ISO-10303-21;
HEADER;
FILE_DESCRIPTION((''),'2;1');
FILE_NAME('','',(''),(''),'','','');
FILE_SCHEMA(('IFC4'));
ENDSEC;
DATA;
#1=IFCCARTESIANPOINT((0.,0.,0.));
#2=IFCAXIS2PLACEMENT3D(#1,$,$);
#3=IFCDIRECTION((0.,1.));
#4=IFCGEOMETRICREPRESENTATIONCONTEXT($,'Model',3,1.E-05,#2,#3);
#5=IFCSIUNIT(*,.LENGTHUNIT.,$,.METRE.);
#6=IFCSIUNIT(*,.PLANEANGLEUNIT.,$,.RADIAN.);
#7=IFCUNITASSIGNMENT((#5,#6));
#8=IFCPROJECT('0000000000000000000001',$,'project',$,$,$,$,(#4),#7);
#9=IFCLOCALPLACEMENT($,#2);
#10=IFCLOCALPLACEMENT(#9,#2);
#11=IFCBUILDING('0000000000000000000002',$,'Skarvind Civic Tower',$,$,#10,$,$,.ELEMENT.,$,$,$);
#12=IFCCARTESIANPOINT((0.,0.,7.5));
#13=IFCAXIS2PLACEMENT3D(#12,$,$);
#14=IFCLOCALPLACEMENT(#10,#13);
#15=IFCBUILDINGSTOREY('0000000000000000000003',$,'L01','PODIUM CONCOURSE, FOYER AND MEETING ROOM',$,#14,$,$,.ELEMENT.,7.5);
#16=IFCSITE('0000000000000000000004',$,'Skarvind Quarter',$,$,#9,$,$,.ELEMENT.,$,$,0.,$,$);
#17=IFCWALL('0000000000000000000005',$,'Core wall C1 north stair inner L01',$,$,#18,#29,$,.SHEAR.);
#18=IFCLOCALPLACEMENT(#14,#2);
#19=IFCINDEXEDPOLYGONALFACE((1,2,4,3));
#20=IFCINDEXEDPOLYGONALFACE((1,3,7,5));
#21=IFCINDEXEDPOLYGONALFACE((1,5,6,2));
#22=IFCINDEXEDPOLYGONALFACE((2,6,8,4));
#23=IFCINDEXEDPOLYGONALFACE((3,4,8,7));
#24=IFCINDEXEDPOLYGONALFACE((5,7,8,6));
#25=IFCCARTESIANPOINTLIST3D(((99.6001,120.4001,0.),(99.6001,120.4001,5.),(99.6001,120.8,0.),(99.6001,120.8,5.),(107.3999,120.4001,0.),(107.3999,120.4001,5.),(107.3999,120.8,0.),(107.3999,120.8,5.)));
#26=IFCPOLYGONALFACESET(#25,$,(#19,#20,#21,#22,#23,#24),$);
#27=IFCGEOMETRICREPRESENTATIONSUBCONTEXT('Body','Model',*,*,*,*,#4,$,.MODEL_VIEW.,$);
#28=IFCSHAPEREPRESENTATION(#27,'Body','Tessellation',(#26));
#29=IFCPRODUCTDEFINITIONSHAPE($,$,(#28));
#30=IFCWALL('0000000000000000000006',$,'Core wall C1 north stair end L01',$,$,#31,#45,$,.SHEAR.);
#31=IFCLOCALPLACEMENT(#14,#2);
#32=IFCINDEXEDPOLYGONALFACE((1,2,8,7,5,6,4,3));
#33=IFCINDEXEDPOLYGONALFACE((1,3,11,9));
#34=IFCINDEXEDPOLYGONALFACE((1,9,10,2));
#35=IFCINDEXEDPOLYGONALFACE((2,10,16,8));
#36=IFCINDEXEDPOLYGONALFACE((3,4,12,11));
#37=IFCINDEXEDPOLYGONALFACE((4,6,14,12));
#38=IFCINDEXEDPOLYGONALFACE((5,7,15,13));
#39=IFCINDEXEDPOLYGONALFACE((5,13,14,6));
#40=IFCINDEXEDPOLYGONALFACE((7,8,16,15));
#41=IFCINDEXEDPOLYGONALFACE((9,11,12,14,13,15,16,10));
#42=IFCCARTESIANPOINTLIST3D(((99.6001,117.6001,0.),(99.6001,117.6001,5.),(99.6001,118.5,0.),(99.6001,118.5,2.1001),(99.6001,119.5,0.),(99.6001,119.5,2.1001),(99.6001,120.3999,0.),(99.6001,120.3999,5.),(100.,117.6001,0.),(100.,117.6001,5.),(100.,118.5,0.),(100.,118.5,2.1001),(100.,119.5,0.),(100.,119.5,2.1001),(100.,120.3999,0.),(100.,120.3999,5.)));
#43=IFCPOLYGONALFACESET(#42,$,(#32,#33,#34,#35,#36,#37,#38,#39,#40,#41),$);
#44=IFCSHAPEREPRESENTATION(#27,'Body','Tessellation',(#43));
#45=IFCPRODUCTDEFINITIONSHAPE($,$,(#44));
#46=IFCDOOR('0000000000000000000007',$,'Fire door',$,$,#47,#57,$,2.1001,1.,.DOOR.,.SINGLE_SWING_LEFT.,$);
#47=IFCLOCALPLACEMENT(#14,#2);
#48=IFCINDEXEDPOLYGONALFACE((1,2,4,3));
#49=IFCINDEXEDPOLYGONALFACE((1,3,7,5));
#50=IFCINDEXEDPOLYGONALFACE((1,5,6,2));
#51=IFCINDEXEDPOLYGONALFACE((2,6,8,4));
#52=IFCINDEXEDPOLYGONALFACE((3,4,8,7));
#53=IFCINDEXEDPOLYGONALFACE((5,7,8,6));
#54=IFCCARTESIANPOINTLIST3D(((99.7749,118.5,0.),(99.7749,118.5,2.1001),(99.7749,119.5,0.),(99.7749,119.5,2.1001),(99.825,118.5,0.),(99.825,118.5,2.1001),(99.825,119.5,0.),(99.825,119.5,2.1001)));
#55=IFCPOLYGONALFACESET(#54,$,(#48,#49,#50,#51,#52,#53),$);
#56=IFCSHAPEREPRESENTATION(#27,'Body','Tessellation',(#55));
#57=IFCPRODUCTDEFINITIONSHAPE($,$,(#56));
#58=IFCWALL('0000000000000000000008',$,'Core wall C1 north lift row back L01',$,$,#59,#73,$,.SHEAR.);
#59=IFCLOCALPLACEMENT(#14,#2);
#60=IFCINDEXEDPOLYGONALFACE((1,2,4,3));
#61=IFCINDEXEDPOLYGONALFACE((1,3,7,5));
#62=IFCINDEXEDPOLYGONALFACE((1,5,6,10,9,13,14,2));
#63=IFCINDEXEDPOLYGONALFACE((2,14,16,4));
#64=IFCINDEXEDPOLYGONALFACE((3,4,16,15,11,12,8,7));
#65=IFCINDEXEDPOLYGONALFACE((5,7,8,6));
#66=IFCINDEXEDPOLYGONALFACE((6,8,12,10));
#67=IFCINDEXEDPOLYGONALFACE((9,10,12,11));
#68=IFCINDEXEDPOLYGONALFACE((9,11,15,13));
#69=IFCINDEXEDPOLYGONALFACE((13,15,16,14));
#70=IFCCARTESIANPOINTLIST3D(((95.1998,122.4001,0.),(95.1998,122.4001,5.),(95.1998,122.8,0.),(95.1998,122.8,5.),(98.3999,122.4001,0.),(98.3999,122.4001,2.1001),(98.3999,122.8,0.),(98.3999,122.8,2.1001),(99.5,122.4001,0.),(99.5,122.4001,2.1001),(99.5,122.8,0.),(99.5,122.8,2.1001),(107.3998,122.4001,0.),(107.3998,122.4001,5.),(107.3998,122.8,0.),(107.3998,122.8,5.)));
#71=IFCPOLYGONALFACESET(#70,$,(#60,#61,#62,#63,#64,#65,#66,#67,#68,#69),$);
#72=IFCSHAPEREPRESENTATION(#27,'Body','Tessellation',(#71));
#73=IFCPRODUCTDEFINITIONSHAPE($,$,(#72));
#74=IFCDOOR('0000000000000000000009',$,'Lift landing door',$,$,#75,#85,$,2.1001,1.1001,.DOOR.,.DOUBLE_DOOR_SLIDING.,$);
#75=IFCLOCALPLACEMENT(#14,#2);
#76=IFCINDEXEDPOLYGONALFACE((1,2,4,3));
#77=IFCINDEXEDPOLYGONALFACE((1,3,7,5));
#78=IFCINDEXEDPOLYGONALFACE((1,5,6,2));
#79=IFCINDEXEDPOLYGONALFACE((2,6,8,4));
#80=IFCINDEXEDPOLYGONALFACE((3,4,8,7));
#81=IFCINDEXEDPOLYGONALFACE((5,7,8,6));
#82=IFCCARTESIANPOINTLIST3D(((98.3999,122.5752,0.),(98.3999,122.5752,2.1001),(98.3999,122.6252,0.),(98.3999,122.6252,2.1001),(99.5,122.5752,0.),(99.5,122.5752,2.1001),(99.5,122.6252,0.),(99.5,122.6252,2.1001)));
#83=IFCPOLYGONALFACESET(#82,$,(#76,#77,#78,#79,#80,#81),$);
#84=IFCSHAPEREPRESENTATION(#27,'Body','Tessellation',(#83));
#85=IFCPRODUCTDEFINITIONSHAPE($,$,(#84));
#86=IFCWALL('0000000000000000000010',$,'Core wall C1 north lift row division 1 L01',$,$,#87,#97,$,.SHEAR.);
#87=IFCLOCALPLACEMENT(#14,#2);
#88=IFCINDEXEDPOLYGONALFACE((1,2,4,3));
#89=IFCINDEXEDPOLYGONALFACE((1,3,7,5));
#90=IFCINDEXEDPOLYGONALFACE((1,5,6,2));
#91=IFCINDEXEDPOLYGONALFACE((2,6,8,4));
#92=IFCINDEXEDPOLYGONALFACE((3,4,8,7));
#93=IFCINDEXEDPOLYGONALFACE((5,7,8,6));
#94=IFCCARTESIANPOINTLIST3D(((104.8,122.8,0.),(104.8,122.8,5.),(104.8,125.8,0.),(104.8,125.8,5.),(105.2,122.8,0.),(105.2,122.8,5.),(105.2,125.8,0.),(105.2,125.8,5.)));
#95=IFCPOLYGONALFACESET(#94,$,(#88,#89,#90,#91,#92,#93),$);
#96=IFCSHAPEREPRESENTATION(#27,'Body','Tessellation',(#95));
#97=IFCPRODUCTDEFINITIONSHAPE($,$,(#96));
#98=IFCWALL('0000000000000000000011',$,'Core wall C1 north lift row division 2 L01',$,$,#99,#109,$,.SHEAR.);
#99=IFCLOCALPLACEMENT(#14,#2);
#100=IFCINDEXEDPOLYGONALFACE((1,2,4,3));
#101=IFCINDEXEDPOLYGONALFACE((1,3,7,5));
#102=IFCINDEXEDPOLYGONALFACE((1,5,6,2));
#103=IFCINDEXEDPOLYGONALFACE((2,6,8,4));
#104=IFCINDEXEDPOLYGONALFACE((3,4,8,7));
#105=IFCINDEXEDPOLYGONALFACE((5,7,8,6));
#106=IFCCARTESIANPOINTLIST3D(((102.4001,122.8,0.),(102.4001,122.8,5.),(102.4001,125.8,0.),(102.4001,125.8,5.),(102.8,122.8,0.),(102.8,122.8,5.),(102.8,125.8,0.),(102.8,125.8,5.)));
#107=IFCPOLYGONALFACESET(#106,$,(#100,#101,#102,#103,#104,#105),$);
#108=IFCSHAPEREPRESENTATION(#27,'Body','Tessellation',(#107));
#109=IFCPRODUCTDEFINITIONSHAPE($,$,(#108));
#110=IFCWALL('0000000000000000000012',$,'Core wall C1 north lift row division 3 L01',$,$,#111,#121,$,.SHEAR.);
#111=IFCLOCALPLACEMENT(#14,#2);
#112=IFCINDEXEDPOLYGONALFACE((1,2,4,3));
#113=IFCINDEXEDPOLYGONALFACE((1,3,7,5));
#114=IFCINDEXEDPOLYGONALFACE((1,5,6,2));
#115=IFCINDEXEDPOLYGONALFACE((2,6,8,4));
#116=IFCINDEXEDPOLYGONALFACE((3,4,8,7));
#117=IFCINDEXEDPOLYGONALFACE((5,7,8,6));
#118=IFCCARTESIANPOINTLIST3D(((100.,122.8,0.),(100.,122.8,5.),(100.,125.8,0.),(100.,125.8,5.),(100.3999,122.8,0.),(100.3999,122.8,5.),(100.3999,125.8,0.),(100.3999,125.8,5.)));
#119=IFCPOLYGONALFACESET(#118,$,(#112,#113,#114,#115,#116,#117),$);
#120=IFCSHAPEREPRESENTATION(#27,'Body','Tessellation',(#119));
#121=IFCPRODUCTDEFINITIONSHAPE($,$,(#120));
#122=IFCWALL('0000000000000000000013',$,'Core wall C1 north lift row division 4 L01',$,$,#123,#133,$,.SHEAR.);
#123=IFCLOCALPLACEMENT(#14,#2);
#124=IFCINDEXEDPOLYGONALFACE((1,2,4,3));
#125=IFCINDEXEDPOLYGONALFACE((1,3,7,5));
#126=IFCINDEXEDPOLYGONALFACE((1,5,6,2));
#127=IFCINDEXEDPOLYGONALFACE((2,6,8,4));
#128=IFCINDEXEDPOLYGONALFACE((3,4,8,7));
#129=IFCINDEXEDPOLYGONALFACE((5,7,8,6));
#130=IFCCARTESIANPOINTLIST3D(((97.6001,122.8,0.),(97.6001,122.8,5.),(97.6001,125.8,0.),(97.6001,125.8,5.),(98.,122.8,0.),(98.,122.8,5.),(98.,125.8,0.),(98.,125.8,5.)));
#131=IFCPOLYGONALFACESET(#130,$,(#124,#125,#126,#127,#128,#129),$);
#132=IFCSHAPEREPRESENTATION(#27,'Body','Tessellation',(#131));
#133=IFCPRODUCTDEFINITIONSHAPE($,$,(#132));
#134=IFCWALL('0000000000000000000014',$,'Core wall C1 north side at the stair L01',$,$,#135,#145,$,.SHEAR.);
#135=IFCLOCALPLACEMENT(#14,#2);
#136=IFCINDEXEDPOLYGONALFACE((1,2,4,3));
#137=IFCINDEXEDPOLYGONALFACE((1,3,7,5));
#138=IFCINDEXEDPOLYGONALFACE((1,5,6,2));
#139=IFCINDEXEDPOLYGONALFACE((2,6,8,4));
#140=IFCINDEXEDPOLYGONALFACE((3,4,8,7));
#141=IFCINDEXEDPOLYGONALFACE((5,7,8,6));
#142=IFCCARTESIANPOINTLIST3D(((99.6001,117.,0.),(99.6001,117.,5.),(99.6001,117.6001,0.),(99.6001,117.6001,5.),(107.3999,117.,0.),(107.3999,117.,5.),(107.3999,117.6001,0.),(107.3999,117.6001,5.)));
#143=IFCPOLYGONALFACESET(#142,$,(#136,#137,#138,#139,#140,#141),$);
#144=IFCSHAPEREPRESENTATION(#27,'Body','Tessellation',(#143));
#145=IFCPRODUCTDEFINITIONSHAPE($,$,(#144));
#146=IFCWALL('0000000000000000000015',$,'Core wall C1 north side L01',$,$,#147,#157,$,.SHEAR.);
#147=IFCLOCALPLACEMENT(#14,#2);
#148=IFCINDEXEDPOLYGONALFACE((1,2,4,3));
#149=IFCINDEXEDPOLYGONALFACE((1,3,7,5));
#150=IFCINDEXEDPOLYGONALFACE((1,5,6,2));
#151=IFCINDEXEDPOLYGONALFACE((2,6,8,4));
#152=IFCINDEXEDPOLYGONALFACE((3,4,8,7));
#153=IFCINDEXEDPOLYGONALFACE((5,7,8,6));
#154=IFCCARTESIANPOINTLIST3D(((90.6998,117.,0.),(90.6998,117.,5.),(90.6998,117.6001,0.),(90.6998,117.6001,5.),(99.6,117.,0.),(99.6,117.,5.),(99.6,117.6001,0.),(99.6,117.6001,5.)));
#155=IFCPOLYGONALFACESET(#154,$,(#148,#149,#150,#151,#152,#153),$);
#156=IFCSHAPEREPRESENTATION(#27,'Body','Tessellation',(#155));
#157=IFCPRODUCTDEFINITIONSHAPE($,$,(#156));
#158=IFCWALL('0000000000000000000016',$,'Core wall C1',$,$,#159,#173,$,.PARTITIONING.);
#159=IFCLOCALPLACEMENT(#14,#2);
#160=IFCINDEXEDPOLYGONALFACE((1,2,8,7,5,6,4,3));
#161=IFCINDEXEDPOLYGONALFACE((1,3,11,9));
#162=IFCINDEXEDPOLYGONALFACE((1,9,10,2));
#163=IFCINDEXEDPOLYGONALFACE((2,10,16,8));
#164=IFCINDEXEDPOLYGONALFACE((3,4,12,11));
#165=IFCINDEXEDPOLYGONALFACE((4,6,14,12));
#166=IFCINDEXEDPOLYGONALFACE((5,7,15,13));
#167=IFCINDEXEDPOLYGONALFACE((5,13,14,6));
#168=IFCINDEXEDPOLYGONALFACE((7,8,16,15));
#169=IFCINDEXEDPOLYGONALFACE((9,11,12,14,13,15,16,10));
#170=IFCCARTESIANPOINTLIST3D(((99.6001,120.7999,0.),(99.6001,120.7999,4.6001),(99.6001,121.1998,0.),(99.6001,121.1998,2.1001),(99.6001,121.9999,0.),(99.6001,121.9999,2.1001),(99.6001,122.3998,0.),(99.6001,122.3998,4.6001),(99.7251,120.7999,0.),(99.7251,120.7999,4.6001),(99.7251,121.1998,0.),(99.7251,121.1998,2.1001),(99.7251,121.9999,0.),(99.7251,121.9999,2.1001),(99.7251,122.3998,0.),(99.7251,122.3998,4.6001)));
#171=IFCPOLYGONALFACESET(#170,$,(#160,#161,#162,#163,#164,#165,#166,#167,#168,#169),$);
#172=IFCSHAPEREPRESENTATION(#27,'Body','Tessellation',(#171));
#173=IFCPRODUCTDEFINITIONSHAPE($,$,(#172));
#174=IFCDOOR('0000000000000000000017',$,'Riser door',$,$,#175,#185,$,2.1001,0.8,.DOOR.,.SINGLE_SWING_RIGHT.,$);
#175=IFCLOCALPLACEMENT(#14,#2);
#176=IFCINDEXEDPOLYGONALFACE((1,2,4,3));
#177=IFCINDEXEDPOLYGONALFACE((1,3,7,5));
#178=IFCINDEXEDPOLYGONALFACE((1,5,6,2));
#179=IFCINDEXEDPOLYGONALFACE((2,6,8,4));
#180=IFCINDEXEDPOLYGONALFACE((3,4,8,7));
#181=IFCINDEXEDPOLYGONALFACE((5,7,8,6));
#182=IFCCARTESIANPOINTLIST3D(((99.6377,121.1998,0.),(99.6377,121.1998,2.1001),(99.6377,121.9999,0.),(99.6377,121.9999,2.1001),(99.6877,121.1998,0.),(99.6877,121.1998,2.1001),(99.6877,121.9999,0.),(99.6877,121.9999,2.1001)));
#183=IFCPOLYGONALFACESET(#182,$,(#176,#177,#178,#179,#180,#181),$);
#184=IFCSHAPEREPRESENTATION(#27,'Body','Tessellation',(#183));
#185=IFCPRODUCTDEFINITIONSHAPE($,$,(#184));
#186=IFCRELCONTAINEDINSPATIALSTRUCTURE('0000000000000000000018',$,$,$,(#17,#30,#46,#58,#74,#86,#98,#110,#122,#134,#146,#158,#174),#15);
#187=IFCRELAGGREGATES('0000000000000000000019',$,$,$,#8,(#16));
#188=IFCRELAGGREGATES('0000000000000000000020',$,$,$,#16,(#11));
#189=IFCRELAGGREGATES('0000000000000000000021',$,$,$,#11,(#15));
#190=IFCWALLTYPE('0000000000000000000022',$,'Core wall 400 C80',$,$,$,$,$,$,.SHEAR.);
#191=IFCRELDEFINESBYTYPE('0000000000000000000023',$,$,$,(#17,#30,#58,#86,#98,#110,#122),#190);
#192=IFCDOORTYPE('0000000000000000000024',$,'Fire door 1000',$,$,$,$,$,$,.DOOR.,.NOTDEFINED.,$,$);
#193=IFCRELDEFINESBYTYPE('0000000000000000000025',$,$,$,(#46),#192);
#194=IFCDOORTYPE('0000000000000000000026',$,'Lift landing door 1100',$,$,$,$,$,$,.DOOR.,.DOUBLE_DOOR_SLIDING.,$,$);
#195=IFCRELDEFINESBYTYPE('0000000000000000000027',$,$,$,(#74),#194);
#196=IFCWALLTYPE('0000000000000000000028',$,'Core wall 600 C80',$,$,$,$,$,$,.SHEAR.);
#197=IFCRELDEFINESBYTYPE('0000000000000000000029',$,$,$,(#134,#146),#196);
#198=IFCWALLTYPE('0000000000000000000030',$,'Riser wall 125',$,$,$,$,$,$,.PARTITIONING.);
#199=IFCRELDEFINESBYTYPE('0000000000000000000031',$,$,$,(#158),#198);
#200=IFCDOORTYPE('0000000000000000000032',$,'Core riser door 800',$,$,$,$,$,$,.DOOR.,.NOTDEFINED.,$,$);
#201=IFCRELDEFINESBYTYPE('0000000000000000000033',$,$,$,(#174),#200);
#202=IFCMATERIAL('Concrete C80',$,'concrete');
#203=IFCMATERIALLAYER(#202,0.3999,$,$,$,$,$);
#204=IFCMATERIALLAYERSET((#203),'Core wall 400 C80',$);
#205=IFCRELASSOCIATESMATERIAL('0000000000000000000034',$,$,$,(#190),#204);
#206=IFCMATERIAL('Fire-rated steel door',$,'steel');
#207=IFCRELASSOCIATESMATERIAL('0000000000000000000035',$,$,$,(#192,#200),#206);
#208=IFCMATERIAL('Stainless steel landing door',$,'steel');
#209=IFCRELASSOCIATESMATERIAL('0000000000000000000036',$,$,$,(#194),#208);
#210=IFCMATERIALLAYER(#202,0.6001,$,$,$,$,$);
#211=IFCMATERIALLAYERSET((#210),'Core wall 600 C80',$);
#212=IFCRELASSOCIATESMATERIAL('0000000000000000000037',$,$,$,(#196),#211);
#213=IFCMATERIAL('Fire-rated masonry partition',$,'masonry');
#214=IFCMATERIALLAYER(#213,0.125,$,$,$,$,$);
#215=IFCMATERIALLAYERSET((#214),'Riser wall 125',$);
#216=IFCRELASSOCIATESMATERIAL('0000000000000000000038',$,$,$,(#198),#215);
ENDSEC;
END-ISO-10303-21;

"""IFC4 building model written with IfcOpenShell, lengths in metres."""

from ifc_helpers import new_model, si_unit, direction, frame, frame_2d, origin, place, context, subcontext, project, spatial, rectangle, extrude, material, layer, layer_set, type_object, element, fill, save


model = new_model("IFC4")

# Units and contexts
model_context = context("Model", 3, precision=1e-05, world=origin(), true_north=direction((0.0, 1.0)))
body_context = subcontext(model_context, "Body", "Model", "MODEL_VIEW")
ifc_project = project(units=[si_unit("LENGTHUNIT", "METRE"), si_unit("PLANEANGLEUNIT", "RADIAN")], contexts=[model_context])

# Site, building, storey
site_placement = place(None, origin())
site = spatial("IfcSite", under=ifc_project, at=site_placement, Name="Skarvind Quarter", CompositionType="ELEMENT", RefElevation=0.0)
building_placement = place(site_placement, origin())
building = spatial("IfcBuilding", under=site, at=building_placement, Name="Skarvind Civic Tower", CompositionType="ELEMENT")
storey_placement = place(building_placement, frame((0.0, 0.0, 7.5)))
storey = spatial("IfcBuildingStorey", under=building, at=storey_placement, Name="L01", Description="PODIUM CONCOURSE, FOYER AND MEETING ROOM", CompositionType="ELEMENT", Elevation=7.5)

# Wall
ifc_material_1 = material(Name="Concrete C80", Category="concrete")
ifc_layer_1 = layer(ifc_material_1, 0.3999)
ifc_layer_set_1 = layer_set([ifc_layer_1], Name="Core wall 400 C80")
wall_type_1 = type_object("IfcWallType", Name="Core wall 400 C80", PredefinedType="SHEAR", material=ifc_layer_set_1)
wall_1_placement = place(storey_placement, frame((107.3999, 120.6001, 0.0), z_axis=(0.0, 0.0, 1.0), x_axis=(-1.0, 0.0, 0.0)))
element("IfcWall", 1, at=wall_1_placement, inside=storey, type_object=wall_type_1, Name="Core wall C1 north stair inner L01", PredefinedType="SHEAR", context=body_context, shape_type="SweptSolid", body=[
    extrude(rectangle(XDim=7.7998, YDim=0.3999, at=frame_2d((3.8999, 0.0))), origin(), (0.0, 0.0, 1.0), 5.0),
])

# Walls, openings, doors
wall_2_placement = place(storey_placement, frame((99.8, 120.3999, 0.0), z_axis=(0.0, 0.0, 1.0), x_axis=(0.0, -1.0, 0.0)))
wall_2 = element("IfcWall", 2, at=wall_2_placement, inside=storey, type_object=wall_type_1, Name="Core wall C1 north stair end L01", PredefinedType="SHEAR", context=body_context, shape_type="SweptSolid", body=[
    extrude(rectangle(XDim=2.7998, YDim=0.3999, at=frame_2d((1.3999, 0.0))), origin(), (0.0, 0.0, 1.0), 5.0),
])
opening_1_placement = place(wall_2_placement, frame((0.8999, 0.0, 0.0)))
opening_1 = element("IfcOpeningElement", 3, at=opening_1_placement, cuts=wall_2, PredefinedType="OPENING", context=body_context, shape_type="SweptSolid", body=[
    extrude(rectangle(XDim=1.0, YDim=2.1001, at=frame_2d((0.5, 1.05))), frame((0.0, 0.21, 0.0), z_axis=(0.0, -1.0, 0.0), x_axis=(1.0, 0.0, 0.0)), (0.0, 0.0, 1.0), 0.4199),
])
ifc_material_2 = material(Name="Fire-rated steel door", Category="steel")
door_type_1 = type_object("IfcDoorType", Name="Fire door 1000", OperationType="NOTDEFINED", PredefinedType="DOOR", material=ifc_material_2)
door_1_placement = place(opening_1_placement, origin())
door_1 = element("IfcDoor", 4, at=door_1_placement, inside=storey, type_object=door_type_1, Name="Fire door", OperationType="SINGLE_SWING_LEFT", OverallHeight=2.1001, OverallWidth=1.0, PredefinedType="DOOR", context=body_context, shape_type="SweptSolid", body=[
    extrude(rectangle(XDim=1.0, YDim=2.1001, at=frame_2d((0.5, 1.05))), frame((0.0, 0.0249, 0.0), z_axis=(0.0, -1.0, 0.0), x_axis=(1.0, 0.0, 0.0)), (0.0, 0.0, 1.0), 0.05),
])
fill(opening_1, door_1)
wall_3_placement = place(storey_placement, frame((107.3999, 122.6001, 0.0), z_axis=(0.0, 0.0, 1.0), x_axis=(-1.0, 0.0, 0.0)))
wall_3 = element("IfcWall", 5, at=wall_3_placement, inside=storey, type_object=wall_type_1, Name="Core wall C1 north lift row back L01", PredefinedType="SHEAR", context=body_context, shape_type="SweptSolid", body=[
    extrude(rectangle(XDim=12.2, YDim=0.3999, at=frame_2d((6.1001, 0.0))), origin(), (0.0, 0.0, 1.0), 5.0),
])
opening_2_placement = place(wall_3_placement, frame((7.8999, 0.0, 0.0)))
opening_2 = element("IfcOpeningElement", 6, at=opening_2_placement, cuts=wall_3, PredefinedType="OPENING", context=body_context, shape_type="SweptSolid", body=[
    extrude(rectangle(XDim=1.1001, YDim=2.1001, at=frame_2d((0.55, 1.05))), frame((0.0, 0.21, 0.0), z_axis=(0.0, -1.0, 0.0), x_axis=(1.0, 0.0, 0.0)), (0.0, 0.0, 1.0), 0.4199),
])
ifc_material_3 = material(Name="Stainless steel landing door", Category="steel")
door_type_2 = type_object("IfcDoorType", Name="Lift landing door 1100", OperationType="DOUBLE_DOOR_SLIDING", PredefinedType="DOOR", material=ifc_material_3)
door_2_placement = place(opening_2_placement, origin())
door_2 = element("IfcDoor", 7, at=door_2_placement, inside=storey, type_object=door_type_2, Name="Lift landing door", OperationType="DOUBLE_DOOR_SLIDING", OverallHeight=2.1001, OverallWidth=1.1001, PredefinedType="DOOR", context=body_context, shape_type="SweptSolid", body=[
    extrude(rectangle(XDim=1.1001, YDim=2.1001, at=frame_2d((0.55, 1.05))), frame((0.0, 0.0249, 0.0), z_axis=(0.0, -1.0, 0.0), x_axis=(1.0, 0.0, 0.0)), (0.0, 0.0, 1.0), 0.05),
])
fill(opening_2, door_2)

# Walls
for number, where, z_axis, x_axis, name in (
    (8, (105.0, 125.8, 0.0), (0.0, 0.0, 1.0), (0.0, -1.0, 0.0), "Core wall C1 north lift row division 1 L01"),
    (9, (102.6001, 125.8, 0.0), (0.0, 0.0, 1.0), (0.0, -1.0, 0.0), "Core wall C1 north lift row division 2 L01"),
    (10, (100.2, 125.8, 0.0), (0.0, 0.0, 1.0), (0.0, -1.0, 0.0), "Core wall C1 north lift row division 3 L01"),
    (11, (97.8, 125.8, 0.0), (0.0, 0.0, 1.0), (0.0, -1.0, 0.0), "Core wall C1 north lift row division 4 L01"),
):
    element("IfcWall", number, at=place(storey_placement, frame(where, z_axis=z_axis, x_axis=x_axis)), inside=storey, type_object=wall_type_1, Name=name, PredefinedType="SHEAR", context=body_context, shape_type="SweptSolid", body=[
        extrude(rectangle(XDim=3.0, YDim=0.3999, at=frame_2d((1.5, 0.0))), origin(), (0.0, 0.0, 1.0), 5.0),
    ])
ifc_layer_2 = layer(ifc_material_1, 0.6001)
ifc_layer_set_2 = layer_set([ifc_layer_2], Name="Core wall 600 C80")
wall_type_2 = type_object("IfcWallType", Name="Core wall 600 C80", PredefinedType="SHEAR", material=ifc_layer_set_2)
wall_4_placement = place(storey_placement, frame((107.3999, 117.3, 0.0), z_axis=(0.0, 0.0, 1.0), x_axis=(-1.0, 0.0, 0.0)))
element("IfcWall", 12, at=wall_4_placement, inside=storey, type_object=wall_type_2, Name="Core wall C1 north side at the stair L01", PredefinedType="SHEAR", context=body_context, shape_type="SweptSolid", body=[
    extrude(rectangle(XDim=7.7998, YDim=0.6001, at=frame_2d((3.8999, 0.0))), origin(), (0.0, 0.0, 1.0), 5.0),
])
wall_5_placement = place(storey_placement, frame((99.6001, 117.3, 0.0), z_axis=(0.0, 0.0, 1.0), x_axis=(-1.0, 0.0, 0.0)))
element("IfcWall", 13, at=wall_5_placement, inside=storey, type_object=wall_type_2, Name="Core wall C1 north side L01", PredefinedType="SHEAR", context=body_context, shape_type="SweptSolid", body=[
    extrude(rectangle(XDim=8.9001, YDim=0.6001, at=frame_2d((4.4502, 0.0))), origin(), (0.0, 0.0, 1.0), 5.0),
])

# Wall, opening, door
ifc_material_4 = material(Name="Fire-rated masonry partition", Category="masonry")
ifc_layer_3 = layer(ifc_material_4, 0.125)
ifc_layer_set_3 = layer_set([ifc_layer_3], Name="Riser wall 125")
wall_type_3 = type_object("IfcWallType", Name="Riser wall 125", PredefinedType="PARTITIONING", material=ifc_layer_set_3)
wall_6_placement = place(storey_placement, frame((99.6626, 120.8, 0.0), z_axis=(0.0, 0.0, 1.0), x_axis=(0.0, 1.0, 0.0)))
wall_6 = element("IfcWall", 14, at=wall_6_placement, inside=storey, type_object=wall_type_3, Name="Core wall C1", PredefinedType="PARTITIONING", context=body_context, shape_type="SweptSolid", body=[
    extrude(rectangle(XDim=1.5999, YDim=0.125, at=frame_2d((0.7998, 0.0))), origin(), (0.0, 0.0, 1.0), 4.6001),
])
opening_3_placement = place(wall_6_placement, frame((0.3999, 0.0, 0.0)))
opening_3 = element("IfcOpeningElement", 15, at=opening_3_placement, cuts=wall_6, PredefinedType="OPENING", context=body_context, shape_type="SweptSolid", body=[
    extrude(rectangle(XDim=0.8, YDim=2.1001, at=frame_2d((0.3999, 1.05))), frame((0.0, 0.0725, 0.0), z_axis=(0.0, -1.0, 0.0), x_axis=(1.0, 0.0, 0.0)), (0.0, 0.0, 1.0), 0.145),
])
door_type_3 = type_object("IfcDoorType", Name="Core riser door 800", OperationType="NOTDEFINED", PredefinedType="DOOR", material=ifc_material_2)
door_3_placement = place(opening_3_placement, origin())
door_3 = element("IfcDoor", 16, at=door_3_placement, inside=storey, type_object=door_type_3, Name="Riser door", OperationType="SINGLE_SWING_RIGHT", OverallHeight=2.1001, OverallWidth=0.8, PredefinedType="DOOR", context=body_context, shape_type="SweptSolid", body=[
    extrude(rectangle(XDim=0.8, YDim=2.1001, at=frame_2d((0.3999, 1.05))), frame((0.0, 0.0249, 0.0), z_axis=(0.0, -1.0, 0.0), x_axis=(1.0, 0.0, 0.0)), (0.0, 0.0, 1.0), 0.05),
])
fill(opening_3, door_3)

save(model, "model.ifc")
